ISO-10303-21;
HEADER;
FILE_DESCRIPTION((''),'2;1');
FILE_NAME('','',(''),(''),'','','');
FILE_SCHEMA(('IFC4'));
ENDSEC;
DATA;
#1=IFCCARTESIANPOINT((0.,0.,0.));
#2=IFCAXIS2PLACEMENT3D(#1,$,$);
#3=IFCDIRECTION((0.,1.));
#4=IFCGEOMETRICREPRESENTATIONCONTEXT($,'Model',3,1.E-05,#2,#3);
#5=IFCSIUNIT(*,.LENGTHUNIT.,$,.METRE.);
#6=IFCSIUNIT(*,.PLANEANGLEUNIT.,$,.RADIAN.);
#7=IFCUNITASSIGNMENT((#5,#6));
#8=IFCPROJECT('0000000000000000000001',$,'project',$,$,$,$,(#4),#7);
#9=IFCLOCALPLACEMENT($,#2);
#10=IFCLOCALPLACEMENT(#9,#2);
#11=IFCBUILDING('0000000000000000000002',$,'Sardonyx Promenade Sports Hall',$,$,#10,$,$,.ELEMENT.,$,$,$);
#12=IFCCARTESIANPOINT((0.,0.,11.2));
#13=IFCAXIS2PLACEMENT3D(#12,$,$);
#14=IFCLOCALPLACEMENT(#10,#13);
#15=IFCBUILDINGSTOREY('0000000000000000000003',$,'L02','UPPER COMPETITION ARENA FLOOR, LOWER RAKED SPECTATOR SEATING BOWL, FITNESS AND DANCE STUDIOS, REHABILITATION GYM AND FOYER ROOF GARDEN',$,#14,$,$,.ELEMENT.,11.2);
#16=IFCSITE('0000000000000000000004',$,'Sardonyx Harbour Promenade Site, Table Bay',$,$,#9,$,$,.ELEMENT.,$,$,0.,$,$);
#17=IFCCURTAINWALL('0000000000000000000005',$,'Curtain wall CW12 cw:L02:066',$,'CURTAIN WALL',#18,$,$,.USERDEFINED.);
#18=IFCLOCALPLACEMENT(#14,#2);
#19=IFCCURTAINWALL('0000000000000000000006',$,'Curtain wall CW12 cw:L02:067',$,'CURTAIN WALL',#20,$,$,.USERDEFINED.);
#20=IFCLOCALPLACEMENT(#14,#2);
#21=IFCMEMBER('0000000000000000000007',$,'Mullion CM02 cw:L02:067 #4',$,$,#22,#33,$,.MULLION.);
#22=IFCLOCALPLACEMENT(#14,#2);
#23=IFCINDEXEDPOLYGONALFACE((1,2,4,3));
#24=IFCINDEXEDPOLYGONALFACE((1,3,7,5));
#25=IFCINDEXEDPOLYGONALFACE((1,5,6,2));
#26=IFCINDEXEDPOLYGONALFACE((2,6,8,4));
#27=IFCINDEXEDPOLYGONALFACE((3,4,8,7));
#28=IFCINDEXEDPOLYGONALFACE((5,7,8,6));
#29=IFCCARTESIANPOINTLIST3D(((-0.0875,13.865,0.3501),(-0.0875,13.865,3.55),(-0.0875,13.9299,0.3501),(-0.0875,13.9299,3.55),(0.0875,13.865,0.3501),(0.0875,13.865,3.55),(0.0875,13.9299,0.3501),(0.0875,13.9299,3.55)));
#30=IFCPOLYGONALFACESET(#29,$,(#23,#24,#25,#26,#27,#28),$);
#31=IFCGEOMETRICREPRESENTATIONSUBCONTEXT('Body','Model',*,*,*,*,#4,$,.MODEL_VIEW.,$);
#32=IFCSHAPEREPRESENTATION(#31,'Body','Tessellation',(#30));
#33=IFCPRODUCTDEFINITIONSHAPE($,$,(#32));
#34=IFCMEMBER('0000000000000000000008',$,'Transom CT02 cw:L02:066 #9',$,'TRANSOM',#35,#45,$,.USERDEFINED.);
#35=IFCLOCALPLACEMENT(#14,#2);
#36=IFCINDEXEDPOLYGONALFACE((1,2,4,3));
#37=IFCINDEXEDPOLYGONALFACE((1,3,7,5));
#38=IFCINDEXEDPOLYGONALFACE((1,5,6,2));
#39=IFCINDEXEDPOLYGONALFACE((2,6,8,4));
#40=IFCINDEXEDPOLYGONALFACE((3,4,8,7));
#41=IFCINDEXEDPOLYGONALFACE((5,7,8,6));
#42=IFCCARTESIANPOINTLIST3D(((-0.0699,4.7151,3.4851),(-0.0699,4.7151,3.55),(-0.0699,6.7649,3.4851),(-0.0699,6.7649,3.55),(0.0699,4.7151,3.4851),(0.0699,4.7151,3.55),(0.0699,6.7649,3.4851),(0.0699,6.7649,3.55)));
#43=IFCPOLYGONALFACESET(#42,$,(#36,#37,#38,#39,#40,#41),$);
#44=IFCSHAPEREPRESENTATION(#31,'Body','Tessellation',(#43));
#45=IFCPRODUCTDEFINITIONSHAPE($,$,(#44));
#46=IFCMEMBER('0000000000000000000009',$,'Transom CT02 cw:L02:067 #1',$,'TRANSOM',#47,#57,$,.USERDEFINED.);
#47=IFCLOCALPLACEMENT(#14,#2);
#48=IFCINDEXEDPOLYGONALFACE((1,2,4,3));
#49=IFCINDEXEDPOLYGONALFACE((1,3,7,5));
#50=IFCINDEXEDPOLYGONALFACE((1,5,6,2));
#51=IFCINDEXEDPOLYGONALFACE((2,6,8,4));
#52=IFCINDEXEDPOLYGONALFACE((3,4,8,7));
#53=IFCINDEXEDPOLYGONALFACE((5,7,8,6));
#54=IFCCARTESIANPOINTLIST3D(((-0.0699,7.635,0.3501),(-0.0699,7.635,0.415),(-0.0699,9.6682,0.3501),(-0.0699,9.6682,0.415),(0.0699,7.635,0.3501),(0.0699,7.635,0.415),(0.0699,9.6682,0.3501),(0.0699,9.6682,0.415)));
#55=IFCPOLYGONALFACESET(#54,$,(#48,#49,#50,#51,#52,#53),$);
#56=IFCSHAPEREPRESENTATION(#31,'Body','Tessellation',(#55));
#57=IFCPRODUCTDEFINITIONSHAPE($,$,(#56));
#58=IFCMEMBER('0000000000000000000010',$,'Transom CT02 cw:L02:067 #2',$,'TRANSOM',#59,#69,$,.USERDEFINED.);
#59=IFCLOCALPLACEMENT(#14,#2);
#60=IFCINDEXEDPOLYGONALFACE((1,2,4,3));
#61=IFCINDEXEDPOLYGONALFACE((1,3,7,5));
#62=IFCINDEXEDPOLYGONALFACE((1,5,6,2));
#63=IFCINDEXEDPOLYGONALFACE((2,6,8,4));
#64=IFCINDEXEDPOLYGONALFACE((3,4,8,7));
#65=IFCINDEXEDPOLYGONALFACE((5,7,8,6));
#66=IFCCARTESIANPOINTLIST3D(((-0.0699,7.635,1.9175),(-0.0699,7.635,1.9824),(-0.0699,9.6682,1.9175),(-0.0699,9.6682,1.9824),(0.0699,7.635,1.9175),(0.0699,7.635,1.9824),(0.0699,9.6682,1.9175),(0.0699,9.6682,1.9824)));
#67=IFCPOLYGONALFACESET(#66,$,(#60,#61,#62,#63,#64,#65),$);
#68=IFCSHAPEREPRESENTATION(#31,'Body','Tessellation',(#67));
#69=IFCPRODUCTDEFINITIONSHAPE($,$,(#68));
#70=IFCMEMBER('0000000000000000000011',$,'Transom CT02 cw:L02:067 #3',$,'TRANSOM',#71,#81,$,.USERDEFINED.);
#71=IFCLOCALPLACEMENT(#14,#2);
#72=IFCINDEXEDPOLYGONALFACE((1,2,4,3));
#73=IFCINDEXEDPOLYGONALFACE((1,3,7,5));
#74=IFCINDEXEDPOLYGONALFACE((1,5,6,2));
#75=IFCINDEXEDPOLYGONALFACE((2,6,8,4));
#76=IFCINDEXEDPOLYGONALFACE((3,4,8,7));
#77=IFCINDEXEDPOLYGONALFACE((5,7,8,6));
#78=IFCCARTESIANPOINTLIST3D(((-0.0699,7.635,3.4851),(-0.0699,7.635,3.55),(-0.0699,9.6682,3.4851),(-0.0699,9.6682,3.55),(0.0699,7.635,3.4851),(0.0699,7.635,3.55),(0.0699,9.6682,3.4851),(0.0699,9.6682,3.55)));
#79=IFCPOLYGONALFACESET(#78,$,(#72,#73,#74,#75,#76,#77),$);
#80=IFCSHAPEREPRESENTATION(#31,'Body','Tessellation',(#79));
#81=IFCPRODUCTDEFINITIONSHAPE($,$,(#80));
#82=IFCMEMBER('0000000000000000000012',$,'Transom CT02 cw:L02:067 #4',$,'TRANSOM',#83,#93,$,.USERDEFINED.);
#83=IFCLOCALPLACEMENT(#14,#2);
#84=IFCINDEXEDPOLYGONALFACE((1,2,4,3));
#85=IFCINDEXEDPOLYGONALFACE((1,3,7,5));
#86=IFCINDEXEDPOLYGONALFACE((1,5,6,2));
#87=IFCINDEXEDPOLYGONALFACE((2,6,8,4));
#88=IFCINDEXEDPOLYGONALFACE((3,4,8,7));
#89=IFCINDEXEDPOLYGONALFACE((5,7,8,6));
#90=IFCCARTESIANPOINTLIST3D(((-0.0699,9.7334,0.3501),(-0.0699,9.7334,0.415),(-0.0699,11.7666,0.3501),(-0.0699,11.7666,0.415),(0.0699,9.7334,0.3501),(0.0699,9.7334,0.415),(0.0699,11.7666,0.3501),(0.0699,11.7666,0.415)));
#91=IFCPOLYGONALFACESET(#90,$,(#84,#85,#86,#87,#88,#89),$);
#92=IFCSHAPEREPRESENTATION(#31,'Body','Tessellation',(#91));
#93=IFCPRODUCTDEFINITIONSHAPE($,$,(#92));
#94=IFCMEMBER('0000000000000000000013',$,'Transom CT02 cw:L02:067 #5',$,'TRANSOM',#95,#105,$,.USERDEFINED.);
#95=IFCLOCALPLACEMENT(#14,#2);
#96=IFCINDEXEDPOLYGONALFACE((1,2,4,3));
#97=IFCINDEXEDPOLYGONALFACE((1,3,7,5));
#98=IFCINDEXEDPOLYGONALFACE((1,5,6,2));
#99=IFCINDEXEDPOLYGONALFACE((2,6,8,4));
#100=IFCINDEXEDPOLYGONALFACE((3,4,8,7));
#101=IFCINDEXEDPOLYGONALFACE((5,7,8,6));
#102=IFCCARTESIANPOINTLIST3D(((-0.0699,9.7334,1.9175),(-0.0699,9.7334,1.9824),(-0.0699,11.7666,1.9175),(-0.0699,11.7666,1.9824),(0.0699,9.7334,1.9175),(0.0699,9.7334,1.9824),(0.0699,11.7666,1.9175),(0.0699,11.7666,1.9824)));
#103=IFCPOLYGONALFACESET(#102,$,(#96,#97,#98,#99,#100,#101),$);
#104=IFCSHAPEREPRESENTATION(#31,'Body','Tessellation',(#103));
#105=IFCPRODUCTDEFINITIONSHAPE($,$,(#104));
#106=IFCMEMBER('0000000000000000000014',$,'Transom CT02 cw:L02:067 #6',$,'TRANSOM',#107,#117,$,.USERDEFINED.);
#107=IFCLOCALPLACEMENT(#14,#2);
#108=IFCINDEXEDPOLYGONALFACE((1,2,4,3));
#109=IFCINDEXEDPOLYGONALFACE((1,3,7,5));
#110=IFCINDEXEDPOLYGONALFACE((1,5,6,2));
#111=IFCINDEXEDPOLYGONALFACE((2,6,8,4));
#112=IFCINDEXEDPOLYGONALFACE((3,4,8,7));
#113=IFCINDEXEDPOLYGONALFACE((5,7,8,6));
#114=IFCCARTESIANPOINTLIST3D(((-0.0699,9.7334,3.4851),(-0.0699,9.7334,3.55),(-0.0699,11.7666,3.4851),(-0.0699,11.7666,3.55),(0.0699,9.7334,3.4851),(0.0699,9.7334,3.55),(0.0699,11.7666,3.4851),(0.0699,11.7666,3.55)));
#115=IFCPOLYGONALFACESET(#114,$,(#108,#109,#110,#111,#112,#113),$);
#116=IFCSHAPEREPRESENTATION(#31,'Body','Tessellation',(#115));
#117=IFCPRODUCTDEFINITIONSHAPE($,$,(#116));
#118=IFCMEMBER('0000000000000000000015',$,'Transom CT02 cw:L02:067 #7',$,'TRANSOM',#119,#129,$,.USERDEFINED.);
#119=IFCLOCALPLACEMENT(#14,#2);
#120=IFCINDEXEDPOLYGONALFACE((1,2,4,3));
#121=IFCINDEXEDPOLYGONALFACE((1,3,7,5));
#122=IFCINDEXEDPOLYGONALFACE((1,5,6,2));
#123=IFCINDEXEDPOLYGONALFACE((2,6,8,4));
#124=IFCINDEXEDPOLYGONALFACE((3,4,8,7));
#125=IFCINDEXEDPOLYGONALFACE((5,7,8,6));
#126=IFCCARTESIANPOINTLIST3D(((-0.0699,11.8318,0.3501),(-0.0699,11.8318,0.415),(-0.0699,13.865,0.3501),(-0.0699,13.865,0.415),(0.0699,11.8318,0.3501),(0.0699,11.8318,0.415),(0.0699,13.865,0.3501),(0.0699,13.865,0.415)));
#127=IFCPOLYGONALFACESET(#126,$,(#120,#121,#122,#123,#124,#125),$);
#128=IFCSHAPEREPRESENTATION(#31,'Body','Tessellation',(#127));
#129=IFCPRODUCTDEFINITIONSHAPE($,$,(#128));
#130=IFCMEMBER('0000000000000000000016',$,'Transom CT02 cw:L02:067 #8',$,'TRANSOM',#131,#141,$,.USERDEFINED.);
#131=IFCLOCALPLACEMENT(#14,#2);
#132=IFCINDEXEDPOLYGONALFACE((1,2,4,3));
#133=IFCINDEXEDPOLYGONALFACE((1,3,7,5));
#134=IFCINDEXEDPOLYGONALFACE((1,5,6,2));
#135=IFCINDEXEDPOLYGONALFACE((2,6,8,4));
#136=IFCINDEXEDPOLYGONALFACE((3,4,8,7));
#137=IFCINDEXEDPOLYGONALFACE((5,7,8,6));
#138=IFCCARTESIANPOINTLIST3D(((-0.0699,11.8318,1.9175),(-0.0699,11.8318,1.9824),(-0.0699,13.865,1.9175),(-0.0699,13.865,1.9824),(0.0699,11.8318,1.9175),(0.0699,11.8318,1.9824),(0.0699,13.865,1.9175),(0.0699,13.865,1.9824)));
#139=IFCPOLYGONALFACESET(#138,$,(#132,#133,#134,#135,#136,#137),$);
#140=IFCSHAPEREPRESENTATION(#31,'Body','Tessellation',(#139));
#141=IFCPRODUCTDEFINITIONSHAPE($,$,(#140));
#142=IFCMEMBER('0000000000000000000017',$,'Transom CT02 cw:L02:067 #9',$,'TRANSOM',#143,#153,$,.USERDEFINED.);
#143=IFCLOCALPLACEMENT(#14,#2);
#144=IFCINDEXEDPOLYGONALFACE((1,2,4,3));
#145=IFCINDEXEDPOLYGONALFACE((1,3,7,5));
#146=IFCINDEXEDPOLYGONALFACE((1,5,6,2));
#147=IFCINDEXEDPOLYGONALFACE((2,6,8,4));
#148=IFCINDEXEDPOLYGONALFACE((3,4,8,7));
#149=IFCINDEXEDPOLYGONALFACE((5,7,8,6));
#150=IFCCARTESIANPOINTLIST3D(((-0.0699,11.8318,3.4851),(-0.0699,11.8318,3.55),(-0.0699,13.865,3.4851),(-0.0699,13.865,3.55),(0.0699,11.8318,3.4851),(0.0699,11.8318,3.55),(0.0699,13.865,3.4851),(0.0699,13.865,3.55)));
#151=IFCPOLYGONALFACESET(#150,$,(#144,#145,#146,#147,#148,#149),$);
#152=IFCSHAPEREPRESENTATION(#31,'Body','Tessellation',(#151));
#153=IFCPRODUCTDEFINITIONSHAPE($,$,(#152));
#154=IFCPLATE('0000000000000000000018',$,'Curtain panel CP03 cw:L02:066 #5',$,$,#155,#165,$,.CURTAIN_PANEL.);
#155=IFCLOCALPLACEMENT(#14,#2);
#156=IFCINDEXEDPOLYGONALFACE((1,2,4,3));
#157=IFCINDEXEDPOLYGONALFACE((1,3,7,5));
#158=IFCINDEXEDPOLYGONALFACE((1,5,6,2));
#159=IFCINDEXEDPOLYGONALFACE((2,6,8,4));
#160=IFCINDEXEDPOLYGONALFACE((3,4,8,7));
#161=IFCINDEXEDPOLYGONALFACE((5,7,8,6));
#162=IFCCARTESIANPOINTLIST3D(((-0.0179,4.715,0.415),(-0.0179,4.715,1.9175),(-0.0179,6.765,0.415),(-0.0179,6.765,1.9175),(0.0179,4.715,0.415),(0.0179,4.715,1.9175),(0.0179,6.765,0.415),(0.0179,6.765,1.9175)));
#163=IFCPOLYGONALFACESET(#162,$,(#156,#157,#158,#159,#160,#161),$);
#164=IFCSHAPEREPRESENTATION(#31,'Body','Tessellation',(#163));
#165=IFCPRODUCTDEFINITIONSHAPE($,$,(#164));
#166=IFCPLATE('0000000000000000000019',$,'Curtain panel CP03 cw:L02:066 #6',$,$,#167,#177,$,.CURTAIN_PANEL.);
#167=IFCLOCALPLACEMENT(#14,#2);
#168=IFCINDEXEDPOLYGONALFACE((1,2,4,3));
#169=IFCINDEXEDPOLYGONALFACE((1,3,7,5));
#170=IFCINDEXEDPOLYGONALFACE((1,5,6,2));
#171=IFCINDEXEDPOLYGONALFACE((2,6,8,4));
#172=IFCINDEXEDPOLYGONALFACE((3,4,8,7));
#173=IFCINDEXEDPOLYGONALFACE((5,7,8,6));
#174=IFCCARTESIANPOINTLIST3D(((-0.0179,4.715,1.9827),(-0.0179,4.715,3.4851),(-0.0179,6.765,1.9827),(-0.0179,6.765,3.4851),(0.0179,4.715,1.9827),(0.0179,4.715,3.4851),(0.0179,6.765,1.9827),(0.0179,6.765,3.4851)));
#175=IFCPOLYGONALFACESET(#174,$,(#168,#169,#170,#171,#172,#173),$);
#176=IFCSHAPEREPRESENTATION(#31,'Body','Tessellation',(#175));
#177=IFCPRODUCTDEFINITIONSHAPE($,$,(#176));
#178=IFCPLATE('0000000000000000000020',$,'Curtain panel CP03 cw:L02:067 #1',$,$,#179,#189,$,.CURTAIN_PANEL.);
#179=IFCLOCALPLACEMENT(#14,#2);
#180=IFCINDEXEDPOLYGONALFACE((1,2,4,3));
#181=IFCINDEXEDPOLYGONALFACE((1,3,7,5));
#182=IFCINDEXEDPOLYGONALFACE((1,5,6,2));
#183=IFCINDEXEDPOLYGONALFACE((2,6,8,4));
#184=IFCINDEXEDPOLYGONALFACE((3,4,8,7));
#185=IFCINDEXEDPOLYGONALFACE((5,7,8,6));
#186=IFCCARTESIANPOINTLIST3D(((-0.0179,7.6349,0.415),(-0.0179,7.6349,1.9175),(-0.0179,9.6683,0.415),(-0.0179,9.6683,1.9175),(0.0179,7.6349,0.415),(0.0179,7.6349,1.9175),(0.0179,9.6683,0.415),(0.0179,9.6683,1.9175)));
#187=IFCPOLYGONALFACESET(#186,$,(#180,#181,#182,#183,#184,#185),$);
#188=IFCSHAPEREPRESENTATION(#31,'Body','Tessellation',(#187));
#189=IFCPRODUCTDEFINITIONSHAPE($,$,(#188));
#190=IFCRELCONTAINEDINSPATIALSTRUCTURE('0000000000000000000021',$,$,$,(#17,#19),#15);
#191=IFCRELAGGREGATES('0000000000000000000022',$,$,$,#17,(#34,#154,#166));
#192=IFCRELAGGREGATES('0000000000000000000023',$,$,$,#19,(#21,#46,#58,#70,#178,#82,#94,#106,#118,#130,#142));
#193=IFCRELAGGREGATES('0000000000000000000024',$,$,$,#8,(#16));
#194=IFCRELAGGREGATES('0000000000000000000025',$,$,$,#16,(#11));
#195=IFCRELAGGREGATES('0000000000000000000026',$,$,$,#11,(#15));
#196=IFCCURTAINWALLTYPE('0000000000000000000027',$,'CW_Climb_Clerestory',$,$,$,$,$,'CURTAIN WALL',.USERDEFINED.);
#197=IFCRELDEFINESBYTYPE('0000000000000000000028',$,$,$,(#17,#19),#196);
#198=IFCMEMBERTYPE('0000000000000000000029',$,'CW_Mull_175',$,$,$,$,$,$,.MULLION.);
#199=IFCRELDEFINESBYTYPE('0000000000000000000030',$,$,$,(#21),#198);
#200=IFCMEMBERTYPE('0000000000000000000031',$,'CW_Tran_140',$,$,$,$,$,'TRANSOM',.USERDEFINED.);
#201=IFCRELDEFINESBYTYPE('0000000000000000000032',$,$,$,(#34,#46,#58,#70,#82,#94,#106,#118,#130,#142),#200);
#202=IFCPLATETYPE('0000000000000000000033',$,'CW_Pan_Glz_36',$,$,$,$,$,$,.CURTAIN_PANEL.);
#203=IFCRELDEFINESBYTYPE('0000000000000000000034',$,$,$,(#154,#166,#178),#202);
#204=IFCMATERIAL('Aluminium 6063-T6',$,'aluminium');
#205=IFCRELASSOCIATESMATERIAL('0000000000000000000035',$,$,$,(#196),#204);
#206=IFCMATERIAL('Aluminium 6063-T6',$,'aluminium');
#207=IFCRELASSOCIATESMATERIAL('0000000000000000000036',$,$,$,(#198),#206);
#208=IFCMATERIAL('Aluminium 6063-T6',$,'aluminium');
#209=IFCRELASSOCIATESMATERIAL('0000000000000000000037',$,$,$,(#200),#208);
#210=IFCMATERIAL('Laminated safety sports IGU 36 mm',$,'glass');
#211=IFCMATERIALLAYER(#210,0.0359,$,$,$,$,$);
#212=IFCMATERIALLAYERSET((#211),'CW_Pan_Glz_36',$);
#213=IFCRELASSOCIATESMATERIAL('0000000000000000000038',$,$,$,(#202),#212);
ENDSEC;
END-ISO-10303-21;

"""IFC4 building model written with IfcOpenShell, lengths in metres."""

from ifc_helpers import new_model, si_unit, direction, frame, origin, origin_2d, place, context, subcontext, project, spatial, rectangle, extrude, material, layer, layer_set, material_profile, profile_set, type_object, element, aggregate, save


model = new_model("IFC4")

# Units and contexts
model_context = context("Model", 3, precision=1e-05, world=origin(), true_north=direction((0.0, 1.0)))
body_context = subcontext(model_context, "Body", "Model", "MODEL_VIEW")
ifc_project = project(units=[si_unit("LENGTHUNIT", "METRE"), si_unit("PLANEANGLEUNIT", "RADIAN")], contexts=[model_context])

# Site, building, storey
site_placement = place(None, origin())
site = spatial("IfcSite", under=ifc_project, at=site_placement, Name="Sardonyx Harbour Promenade Site, Table Bay", CompositionType="ELEMENT", RefElevation=0.0)
building_placement = place(site_placement, origin())
building = spatial("IfcBuilding", under=site, at=building_placement, Name="Sardonyx Promenade Sports Hall", CompositionType="ELEMENT")
storey_placement = place(building_placement, frame((0.0, 0.0, 11.2)))
storey = spatial("IfcBuildingStorey", under=building, at=storey_placement, Name="L02", Description="UPPER COMPETITION ARENA FLOOR, LOWER RAKED SPECTATOR SEATING BOWL, FITNESS AND DANCE STUDIOS, REHABILITATION GYM AND FOYER ROOF GARDEN", CompositionType="ELEMENT", Elevation=11.2)

# Curtain wall
ifc_material_1 = material(Name="Aluminium 6063-T6", Category="aluminium")
curtain_wall_type = type_object("IfcCurtainWallType", Name="CW_Climb_Clerestory", ElementType="CURTAIN WALL", PredefinedType="USERDEFINED", material=ifc_material_1)
curtain_wall_1_placement = place(storey_placement, origin())
curtain_wall_1 = element("IfcCurtainWall", 1, at=curtain_wall_1_placement, inside=storey, type_object=curtain_wall_type, Name="Curtain wall CW12 cw:L02:066", ObjectType="CURTAIN WALL", PredefinedType="USERDEFINED")
ifc_material_2 = material(Name="Aluminium 6063-T6", Category="aluminium")
ifc_material_profile_1 = material_profile(ifc_material_2, rectangle(XDim=0.0649, YDim=0.175, at=origin_2d()))
ifc_profile_set_1 = profile_set([ifc_material_profile_1], Name="Aluminium 6063-T6")
member_type_1 = type_object("IfcMemberType", Name="CW_Mull_175", PredefinedType="MULLION", material=ifc_profile_set_1)

# Curtain wall, member
curtain_wall_2_placement = place(storey_placement, origin())
curtain_wall_2 = element("IfcCurtainWall", 2, at=curtain_wall_2_placement, inside=storey, type_object=curtain_wall_type, Name="Curtain wall CW12 cw:L02:067", ObjectType="CURTAIN WALL", PredefinedType="USERDEFINED")
member_1_placement = place(storey_placement, frame((0.0, 13.8975, 0.3501), z_axis=(0.0, 0.0, 1.0), x_axis=(0.0, 1.0, 0.0)))
member_1 = element("IfcMember", 3, at=member_1_placement, type_object=member_type_1, Name="Mullion CM02 cw:L02:067 #4", PredefinedType="MULLION", context=body_context, shape_type="SweptSolid", body=[
    extrude(rectangle(XDim=0.0649, YDim=0.175, at=origin_2d()), origin(), (0.0, 0.0, 1.0), 3.2),
])

# Members
ifc_material_3 = material(Name="Aluminium 6063-T6", Category="aluminium")
ifc_material_profile_2 = material_profile(ifc_material_3, rectangle(XDim=0.0649, YDim=0.1399, at=origin_2d()))
ifc_profile_set_2 = profile_set([ifc_material_profile_2], Name="Aluminium 6063-T6")
member_type_2 = type_object("IfcMemberType", Name="CW_Tran_140", ElementType="TRANSOM", PredefinedType="USERDEFINED", material=ifc_profile_set_2)
member_2_placement = place(storey_placement, frame((0.0, 4.7151, 3.5176), z_axis=(0.0, 1.0, 0.0), x_axis=(0.0, 0.0, 1.0)))
member_2 = element("IfcMember", 4, at=member_2_placement, type_object=member_type_2, Name="Transom CT02 cw:L02:066 #9", ObjectType="TRANSOM", PredefinedType="USERDEFINED", context=body_context, shape_type="SweptSolid", body=[
    extrude(rectangle(XDim=0.0649, YDim=0.1399, at=origin_2d()), origin(), (0.0, 0.0, 1.0), 2.0498),
])
member_3_placement = place(storey_placement, frame((0.0, 7.635, 0.3826), z_axis=(0.0, 1.0, 0.0), x_axis=(0.0, 0.0, 1.0)))
member_3 = element("IfcMember", 5, at=member_3_placement, type_object=member_type_2, Name="Transom CT02 cw:L02:067 #1", ObjectType="TRANSOM", PredefinedType="USERDEFINED", context=body_context, shape_type="SweptSolid", body=[
    extrude(rectangle(XDim=0.0649, YDim=0.1399, at=origin_2d()), origin(), (0.0, 0.0, 1.0), 2.0332),
])
member_4_placement = place(storey_placement, frame((0.0, 7.635, 1.95), z_axis=(0.0, 1.0, 0.0), x_axis=(0.0, 0.0, 1.0)))
member_4 = element("IfcMember", 6, at=member_4_placement, type_object=member_type_2, Name="Transom CT02 cw:L02:067 #2", ObjectType="TRANSOM", PredefinedType="USERDEFINED", context=body_context, shape_type="SweptSolid", body=[
    extrude(rectangle(XDim=0.0649, YDim=0.1399, at=origin_2d()), origin(), (0.0, 0.0, 1.0), 2.0332),
])
member_5_placement = place(storey_placement, frame((0.0, 7.635, 3.5176), z_axis=(0.0, 1.0, 0.0), x_axis=(0.0, 0.0, 1.0)))
member_5 = element("IfcMember", 7, at=member_5_placement, type_object=member_type_2, Name="Transom CT02 cw:L02:067 #3", ObjectType="TRANSOM", PredefinedType="USERDEFINED", context=body_context, shape_type="SweptSolid", body=[
    extrude(rectangle(XDim=0.0649, YDim=0.1399, at=origin_2d()), origin(), (0.0, 0.0, 1.0), 2.0332),
])
member_6_placement = place(storey_placement, frame((0.0, 9.7334, 0.3826), z_axis=(0.0, 1.0, 0.0), x_axis=(0.0, 0.0, 1.0)))
member_6 = element("IfcMember", 8, at=member_6_placement, type_object=member_type_2, Name="Transom CT02 cw:L02:067 #4", ObjectType="TRANSOM", PredefinedType="USERDEFINED", context=body_context, shape_type="SweptSolid", body=[
    extrude(rectangle(XDim=0.0649, YDim=0.1399, at=origin_2d()), origin(), (0.0, 0.0, 1.0), 2.0332),
])
member_7_placement = place(storey_placement, frame((0.0, 9.7334, 1.95), z_axis=(0.0, 1.0, 0.0), x_axis=(0.0, 0.0, 1.0)))
member_7 = element("IfcMember", 9, at=member_7_placement, type_object=member_type_2, Name="Transom CT02 cw:L02:067 #5", ObjectType="TRANSOM", PredefinedType="USERDEFINED", context=body_context, shape_type="SweptSolid", body=[
    extrude(rectangle(XDim=0.0649, YDim=0.1399, at=origin_2d()), origin(), (0.0, 0.0, 1.0), 2.0332),
])
member_8_placement = place(storey_placement, frame((0.0, 9.7334, 3.5176), z_axis=(0.0, 1.0, 0.0), x_axis=(0.0, 0.0, 1.0)))
member_8 = element("IfcMember", 10, at=member_8_placement, type_object=member_type_2, Name="Transom CT02 cw:L02:067 #6", ObjectType="TRANSOM", PredefinedType="USERDEFINED", context=body_context, shape_type="SweptSolid", body=[
    extrude(rectangle(XDim=0.0649, YDim=0.1399, at=origin_2d()), origin(), (0.0, 0.0, 1.0), 2.0332),
])
member_9_placement = place(storey_placement, frame((0.0, 11.8318, 0.3826), z_axis=(0.0, 1.0, 0.0), x_axis=(0.0, 0.0, 1.0)))
member_9 = element("IfcMember", 11, at=member_9_placement, type_object=member_type_2, Name="Transom CT02 cw:L02:067 #7", ObjectType="TRANSOM", PredefinedType="USERDEFINED", context=body_context, shape_type="SweptSolid", body=[
    extrude(rectangle(XDim=0.0649, YDim=0.1399, at=origin_2d()), origin(), (0.0, 0.0, 1.0), 2.0332),
])
member_10_placement = place(storey_placement, frame((0.0, 11.8318, 1.95), z_axis=(0.0, 1.0, 0.0), x_axis=(0.0, 0.0, 1.0)))
member_10 = element("IfcMember", 12, at=member_10_placement, type_object=member_type_2, Name="Transom CT02 cw:L02:067 #8", ObjectType="TRANSOM", PredefinedType="USERDEFINED", context=body_context, shape_type="SweptSolid", body=[
    extrude(rectangle(XDim=0.0649, YDim=0.1399, at=origin_2d()), origin(), (0.0, 0.0, 1.0), 2.0332),
])
member_11_placement = place(storey_placement, frame((0.0, 11.8318, 3.5176), z_axis=(0.0, 1.0, 0.0), x_axis=(0.0, 0.0, 1.0)))
member_11 = element("IfcMember", 13, at=member_11_placement, type_object=member_type_2, Name="Transom CT02 cw:L02:067 #9", ObjectType="TRANSOM", PredefinedType="USERDEFINED", context=body_context, shape_type="SweptSolid", body=[
    extrude(rectangle(XDim=0.0649, YDim=0.1399, at=origin_2d()), origin(), (0.0, 0.0, 1.0), 2.0332),
])

# Plates
ifc_material_4 = material(Name="Laminated safety sports IGU 36 mm", Category="glass")
ifc_layer_1 = layer(ifc_material_4, 0.0359)
ifc_layer_set_1 = layer_set([ifc_layer_1], Name="CW_Pan_Glz_36")
plate_type = type_object("IfcPlateType", Name="CW_Pan_Glz_36", PredefinedType="CURTAIN_PANEL", material=ifc_layer_set_1)
plate_1_placement = place(storey_placement, frame((0.0, 5.74, 0.415), z_axis=(0.0, 0.0, 1.0), x_axis=(0.0, 1.0, 0.0)))
plate_1 = element("IfcPlate", 14, at=plate_1_placement, type_object=plate_type, Name="Curtain panel CP03 cw:L02:066 #5", PredefinedType="CURTAIN_PANEL", context=body_context, shape_type="SweptSolid", body=[
    extrude(rectangle(XDim=2.05, YDim=0.0359, at=origin_2d()), origin(), (0.0, 0.0, 1.0), 1.5024),
])
plate_2_placement = place(storey_placement, frame((0.0, 5.74, 1.9827), z_axis=(0.0, 0.0, 1.0), x_axis=(0.0, 1.0, 0.0)))
plate_2 = element("IfcPlate", 15, at=plate_2_placement, type_object=plate_type, Name="Curtain panel CP03 cw:L02:066 #6", PredefinedType="CURTAIN_PANEL", context=body_context, shape_type="SweptSolid", body=[
    extrude(rectangle(XDim=2.05, YDim=0.0359, at=origin_2d()), origin(), (0.0, 0.0, 1.0), 1.5024),
])
aggregate(curtain_wall_1, [member_2, plate_1, plate_2])
plate_3_placement = place(storey_placement, frame((0.0, 8.6516, 0.415), z_axis=(0.0, 0.0, 1.0), x_axis=(0.0, 1.0, 0.0)))
plate_3 = element("IfcPlate", 16, at=plate_3_placement, type_object=plate_type, Name="Curtain panel CP03 cw:L02:067 #1", PredefinedType="CURTAIN_PANEL", context=body_context, shape_type="SweptSolid", body=[
    extrude(rectangle(XDim=2.0334, YDim=0.0359, at=origin_2d()), origin(), (0.0, 0.0, 1.0), 1.5024),
])
aggregate(curtain_wall_2, [member_1, member_3, member_4, member_5, plate_3, member_6, member_7, member_8, member_9, member_10, member_11])

save(model, "model.ifc")
